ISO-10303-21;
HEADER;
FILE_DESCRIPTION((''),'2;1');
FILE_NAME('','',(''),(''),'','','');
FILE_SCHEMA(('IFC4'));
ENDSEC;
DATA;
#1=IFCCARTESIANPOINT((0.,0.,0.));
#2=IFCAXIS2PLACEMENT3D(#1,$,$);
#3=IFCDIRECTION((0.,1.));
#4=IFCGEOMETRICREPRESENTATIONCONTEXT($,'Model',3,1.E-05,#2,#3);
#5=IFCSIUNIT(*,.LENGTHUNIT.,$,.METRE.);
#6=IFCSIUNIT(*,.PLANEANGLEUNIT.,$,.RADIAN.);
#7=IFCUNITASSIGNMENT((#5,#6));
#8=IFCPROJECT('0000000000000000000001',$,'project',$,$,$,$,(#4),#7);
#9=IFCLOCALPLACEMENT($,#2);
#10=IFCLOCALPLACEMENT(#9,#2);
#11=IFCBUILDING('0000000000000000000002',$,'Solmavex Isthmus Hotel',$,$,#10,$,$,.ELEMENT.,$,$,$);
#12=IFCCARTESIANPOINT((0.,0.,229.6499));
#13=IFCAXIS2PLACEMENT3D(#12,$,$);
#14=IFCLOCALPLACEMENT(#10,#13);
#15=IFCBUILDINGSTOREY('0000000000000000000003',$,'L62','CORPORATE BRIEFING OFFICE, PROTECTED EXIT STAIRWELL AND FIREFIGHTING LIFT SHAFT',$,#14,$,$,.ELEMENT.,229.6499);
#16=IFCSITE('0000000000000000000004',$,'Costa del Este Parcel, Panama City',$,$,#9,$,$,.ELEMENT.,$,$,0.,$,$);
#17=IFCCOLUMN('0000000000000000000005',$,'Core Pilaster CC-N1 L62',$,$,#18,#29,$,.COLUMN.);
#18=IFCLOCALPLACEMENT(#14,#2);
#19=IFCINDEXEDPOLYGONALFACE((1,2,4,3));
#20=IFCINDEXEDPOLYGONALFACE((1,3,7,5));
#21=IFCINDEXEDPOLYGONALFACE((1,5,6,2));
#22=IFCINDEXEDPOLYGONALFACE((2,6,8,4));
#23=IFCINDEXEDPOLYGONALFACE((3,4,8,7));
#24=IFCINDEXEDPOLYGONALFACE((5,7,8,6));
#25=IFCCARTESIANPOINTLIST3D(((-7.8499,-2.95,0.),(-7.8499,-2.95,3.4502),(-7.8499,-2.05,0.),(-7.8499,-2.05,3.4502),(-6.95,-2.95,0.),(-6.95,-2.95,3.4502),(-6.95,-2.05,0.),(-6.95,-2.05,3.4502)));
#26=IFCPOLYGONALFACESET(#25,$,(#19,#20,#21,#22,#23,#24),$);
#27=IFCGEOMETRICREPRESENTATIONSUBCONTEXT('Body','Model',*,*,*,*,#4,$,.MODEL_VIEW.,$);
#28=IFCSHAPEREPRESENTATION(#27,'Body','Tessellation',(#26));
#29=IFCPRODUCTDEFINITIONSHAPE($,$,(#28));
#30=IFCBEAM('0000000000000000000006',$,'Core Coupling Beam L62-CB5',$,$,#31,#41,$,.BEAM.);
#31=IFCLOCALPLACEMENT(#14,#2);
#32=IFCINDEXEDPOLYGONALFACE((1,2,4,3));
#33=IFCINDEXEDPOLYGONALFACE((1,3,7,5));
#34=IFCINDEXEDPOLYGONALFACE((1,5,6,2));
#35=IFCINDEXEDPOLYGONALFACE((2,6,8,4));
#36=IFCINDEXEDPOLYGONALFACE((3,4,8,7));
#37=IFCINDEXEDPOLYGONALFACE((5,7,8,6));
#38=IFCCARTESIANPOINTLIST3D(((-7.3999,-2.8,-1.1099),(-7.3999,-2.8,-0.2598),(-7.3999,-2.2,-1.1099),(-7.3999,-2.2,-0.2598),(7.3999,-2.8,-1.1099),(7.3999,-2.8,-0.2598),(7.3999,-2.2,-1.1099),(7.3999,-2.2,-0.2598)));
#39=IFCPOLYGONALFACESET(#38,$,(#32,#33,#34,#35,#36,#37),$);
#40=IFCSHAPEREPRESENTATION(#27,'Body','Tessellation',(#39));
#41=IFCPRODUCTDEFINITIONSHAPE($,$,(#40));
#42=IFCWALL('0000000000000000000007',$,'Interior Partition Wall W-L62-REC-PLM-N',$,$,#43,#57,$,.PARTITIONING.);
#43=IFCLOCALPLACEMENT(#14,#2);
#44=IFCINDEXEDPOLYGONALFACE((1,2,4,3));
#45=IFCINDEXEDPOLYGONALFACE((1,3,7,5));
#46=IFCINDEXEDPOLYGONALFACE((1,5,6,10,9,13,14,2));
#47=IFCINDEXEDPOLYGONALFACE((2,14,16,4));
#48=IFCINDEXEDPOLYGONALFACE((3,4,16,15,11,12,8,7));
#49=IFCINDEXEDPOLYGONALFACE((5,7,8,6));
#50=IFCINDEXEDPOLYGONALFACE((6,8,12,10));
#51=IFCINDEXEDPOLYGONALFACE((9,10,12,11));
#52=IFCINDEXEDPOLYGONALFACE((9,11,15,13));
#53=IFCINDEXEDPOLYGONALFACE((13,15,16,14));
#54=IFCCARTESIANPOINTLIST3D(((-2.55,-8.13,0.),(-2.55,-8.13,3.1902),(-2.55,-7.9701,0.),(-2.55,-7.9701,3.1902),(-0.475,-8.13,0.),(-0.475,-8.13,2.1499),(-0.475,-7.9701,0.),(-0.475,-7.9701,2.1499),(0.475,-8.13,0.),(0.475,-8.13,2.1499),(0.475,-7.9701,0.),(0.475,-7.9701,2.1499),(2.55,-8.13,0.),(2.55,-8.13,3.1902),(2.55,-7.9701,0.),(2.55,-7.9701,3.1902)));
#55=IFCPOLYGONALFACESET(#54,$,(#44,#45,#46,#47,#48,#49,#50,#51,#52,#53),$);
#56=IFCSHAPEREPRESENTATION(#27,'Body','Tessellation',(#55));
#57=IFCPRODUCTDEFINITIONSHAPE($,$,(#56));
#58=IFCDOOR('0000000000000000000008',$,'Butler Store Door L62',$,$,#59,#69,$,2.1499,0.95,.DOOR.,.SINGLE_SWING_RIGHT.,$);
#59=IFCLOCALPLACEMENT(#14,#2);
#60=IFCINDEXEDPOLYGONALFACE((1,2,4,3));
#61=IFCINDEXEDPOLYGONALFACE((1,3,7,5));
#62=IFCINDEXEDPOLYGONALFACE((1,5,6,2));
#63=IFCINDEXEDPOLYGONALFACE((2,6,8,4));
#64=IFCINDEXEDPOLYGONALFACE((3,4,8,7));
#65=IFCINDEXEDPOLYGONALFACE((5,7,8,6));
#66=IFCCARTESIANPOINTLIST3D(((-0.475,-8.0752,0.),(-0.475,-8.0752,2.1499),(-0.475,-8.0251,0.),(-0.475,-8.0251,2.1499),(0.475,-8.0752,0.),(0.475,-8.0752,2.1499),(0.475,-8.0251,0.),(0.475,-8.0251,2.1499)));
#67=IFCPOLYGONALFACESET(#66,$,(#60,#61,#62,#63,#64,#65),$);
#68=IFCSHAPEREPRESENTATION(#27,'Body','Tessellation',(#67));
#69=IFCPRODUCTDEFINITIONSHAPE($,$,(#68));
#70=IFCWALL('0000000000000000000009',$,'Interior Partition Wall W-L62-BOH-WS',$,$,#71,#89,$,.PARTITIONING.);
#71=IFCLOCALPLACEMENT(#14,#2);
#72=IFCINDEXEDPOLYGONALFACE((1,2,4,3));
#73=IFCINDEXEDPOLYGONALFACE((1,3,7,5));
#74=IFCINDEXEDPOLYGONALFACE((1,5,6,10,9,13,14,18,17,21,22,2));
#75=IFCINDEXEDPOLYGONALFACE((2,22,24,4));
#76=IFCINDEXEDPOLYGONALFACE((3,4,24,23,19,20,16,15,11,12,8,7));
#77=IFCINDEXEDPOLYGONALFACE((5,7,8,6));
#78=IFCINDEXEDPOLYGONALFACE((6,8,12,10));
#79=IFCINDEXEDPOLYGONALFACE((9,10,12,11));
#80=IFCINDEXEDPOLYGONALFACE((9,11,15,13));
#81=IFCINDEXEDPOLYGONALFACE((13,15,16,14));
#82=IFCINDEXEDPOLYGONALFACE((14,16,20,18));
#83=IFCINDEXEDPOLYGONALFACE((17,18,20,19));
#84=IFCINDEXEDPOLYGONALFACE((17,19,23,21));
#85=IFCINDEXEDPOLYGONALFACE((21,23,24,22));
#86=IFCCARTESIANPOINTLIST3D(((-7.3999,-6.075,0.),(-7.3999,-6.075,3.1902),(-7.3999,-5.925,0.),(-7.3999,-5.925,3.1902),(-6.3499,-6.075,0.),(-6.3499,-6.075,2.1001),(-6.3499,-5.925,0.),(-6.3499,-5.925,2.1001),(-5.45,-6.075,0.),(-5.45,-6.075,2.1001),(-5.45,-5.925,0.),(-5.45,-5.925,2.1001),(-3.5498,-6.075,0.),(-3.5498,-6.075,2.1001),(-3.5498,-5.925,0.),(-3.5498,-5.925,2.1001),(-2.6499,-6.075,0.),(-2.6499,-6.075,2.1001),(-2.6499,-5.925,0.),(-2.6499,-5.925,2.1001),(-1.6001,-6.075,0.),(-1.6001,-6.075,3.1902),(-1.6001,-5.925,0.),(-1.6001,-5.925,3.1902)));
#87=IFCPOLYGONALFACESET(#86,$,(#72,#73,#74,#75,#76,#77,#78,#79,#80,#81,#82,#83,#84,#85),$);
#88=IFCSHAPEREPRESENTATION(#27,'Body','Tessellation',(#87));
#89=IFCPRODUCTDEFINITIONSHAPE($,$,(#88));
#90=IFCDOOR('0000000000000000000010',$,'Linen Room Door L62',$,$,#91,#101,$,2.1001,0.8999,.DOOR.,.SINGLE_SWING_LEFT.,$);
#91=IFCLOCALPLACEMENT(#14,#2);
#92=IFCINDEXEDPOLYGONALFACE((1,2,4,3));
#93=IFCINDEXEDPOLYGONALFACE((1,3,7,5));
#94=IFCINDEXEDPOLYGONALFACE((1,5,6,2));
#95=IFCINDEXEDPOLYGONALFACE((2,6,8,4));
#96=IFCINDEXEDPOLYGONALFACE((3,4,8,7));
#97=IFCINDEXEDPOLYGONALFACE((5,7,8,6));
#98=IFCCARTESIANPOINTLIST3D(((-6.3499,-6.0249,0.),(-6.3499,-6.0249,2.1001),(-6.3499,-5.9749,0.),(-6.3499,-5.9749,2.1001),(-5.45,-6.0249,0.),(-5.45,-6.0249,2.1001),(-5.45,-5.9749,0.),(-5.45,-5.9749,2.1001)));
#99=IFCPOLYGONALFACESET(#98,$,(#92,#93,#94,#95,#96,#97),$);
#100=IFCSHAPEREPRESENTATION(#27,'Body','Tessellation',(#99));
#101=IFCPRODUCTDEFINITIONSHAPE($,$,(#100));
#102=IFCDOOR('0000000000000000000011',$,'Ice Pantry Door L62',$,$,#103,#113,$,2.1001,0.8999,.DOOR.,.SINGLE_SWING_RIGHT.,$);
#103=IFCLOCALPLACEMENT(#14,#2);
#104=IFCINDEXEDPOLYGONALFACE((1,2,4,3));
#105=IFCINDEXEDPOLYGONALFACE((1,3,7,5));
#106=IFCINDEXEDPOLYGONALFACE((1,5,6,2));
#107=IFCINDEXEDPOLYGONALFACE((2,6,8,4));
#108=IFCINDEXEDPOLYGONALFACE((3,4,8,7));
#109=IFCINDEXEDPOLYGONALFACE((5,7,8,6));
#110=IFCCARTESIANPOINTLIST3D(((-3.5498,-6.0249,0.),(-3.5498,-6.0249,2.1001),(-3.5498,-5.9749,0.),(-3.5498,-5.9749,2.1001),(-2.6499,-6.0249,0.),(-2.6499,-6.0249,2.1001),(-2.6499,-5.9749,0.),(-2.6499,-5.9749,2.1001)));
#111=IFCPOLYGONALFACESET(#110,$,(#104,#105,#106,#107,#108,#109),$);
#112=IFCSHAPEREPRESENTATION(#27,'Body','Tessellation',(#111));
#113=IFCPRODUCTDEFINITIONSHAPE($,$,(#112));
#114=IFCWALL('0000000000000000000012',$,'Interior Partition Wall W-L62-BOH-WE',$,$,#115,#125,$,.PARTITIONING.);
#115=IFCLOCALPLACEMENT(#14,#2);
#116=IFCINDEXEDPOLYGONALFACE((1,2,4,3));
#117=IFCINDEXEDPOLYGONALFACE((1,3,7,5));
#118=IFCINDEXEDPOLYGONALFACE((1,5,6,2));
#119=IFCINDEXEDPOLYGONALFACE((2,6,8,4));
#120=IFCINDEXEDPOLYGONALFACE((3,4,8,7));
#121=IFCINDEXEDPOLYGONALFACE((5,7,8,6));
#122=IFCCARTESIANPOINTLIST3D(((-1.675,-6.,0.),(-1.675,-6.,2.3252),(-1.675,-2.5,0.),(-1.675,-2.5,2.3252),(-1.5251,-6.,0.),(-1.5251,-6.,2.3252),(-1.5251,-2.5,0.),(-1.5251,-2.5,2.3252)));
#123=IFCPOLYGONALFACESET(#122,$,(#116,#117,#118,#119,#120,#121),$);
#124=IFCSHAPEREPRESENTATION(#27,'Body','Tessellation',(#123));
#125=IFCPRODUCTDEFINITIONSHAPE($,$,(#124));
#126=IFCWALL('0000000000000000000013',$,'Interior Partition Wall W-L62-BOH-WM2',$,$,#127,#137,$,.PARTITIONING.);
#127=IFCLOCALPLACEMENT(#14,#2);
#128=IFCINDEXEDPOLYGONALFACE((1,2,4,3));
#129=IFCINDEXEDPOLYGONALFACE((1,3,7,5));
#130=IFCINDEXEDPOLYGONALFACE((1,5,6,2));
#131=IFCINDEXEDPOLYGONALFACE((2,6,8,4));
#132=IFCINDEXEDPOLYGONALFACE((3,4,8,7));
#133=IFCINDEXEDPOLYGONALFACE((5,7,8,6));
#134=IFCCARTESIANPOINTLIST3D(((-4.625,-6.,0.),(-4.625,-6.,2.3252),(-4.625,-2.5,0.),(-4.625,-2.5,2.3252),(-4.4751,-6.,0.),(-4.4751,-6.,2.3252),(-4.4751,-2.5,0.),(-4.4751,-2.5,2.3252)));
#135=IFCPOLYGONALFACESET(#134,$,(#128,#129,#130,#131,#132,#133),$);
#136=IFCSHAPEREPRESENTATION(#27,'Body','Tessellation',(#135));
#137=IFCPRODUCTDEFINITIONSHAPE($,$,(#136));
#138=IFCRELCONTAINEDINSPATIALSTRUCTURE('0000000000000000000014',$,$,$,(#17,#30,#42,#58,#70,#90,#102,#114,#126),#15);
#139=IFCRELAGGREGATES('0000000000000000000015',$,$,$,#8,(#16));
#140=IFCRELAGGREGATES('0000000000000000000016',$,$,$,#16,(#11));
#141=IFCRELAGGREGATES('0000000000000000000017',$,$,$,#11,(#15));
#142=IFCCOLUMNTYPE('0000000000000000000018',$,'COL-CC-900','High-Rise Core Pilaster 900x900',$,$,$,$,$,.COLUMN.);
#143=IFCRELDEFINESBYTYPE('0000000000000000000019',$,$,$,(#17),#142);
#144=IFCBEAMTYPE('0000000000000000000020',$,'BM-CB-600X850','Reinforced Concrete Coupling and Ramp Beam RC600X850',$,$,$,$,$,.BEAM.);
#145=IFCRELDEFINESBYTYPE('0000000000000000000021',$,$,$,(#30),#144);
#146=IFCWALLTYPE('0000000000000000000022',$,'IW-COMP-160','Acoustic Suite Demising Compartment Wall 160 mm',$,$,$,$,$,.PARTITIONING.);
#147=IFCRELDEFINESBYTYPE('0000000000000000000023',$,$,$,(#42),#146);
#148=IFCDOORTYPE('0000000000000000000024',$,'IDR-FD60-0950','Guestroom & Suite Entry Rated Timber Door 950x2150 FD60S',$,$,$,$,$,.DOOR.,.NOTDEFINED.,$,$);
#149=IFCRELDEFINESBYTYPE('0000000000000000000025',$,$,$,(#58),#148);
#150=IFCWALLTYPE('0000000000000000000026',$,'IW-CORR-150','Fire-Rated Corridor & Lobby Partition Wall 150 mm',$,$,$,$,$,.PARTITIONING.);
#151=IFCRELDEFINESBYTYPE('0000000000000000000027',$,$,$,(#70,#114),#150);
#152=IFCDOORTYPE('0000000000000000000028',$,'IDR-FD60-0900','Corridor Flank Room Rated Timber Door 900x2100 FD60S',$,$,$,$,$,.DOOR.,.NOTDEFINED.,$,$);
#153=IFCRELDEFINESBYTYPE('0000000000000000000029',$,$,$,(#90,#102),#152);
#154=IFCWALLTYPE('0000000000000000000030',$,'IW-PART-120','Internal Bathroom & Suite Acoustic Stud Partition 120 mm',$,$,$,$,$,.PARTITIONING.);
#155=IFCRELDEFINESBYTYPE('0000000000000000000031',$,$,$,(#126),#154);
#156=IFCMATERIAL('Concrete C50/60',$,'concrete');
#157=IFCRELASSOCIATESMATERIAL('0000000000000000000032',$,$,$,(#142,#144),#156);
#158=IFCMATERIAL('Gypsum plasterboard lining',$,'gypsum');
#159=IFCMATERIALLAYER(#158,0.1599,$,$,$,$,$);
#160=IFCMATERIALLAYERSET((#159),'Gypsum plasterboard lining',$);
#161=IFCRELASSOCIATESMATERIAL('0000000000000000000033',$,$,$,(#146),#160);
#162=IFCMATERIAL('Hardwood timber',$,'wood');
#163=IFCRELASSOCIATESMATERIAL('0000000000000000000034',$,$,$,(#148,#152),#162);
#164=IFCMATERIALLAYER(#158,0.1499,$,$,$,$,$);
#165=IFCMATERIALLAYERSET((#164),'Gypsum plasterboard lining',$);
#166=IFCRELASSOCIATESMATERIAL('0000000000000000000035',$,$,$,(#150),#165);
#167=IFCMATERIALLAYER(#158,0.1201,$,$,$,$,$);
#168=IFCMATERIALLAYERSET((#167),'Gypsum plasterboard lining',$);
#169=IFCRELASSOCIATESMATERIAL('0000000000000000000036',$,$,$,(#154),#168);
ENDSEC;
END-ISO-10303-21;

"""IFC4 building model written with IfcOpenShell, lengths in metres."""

from ifc_helpers import new_model, si_unit, direction, frame, frame_2d, origin, origin_2d, place, context, subcontext, project, spatial, rectangle, extrude, material, layer, layer_set, material_profile, profile_set, type_object, element, fill, save


model = new_model("IFC4")

# Units and contexts
model_context = context("Model", 3, precision=1e-05, world=origin(), true_north=direction((0.0, 1.0)))
body_context = subcontext(model_context, "Body", "Model", "MODEL_VIEW")
ifc_project = project(units=[si_unit("LENGTHUNIT", "METRE"), si_unit("PLANEANGLEUNIT", "RADIAN")], contexts=[model_context])

# Site, building, storey
site_placement = place(None, origin())
site = spatial("IfcSite", under=ifc_project, at=site_placement, Name="Costa del Este Parcel, Panama City", CompositionType="ELEMENT", RefElevation=0.0)
building_placement = place(site_placement, origin())
building = spatial("IfcBuilding", under=site, at=building_placement, Name="Solmavex Isthmus Hotel", CompositionType="ELEMENT")
storey_placement = place(building_placement, frame((0.0, 0.0, 229.6499)))
storey = spatial("IfcBuildingStorey", under=building, at=storey_placement, Name="L62", Description="CORPORATE BRIEFING OFFICE, PROTECTED EXIT STAIRWELL AND FIREFIGHTING LIFT SHAFT", CompositionType="ELEMENT", Elevation=229.6499)

# Column
ifc_material_1 = material(Name="Concrete C50/60", Category="concrete")
ifc_material_profile_1 = material_profile(ifc_material_1, rectangle(XDim=0.8999, YDim=0.8999, at=origin_2d()), Name="RC900X900")
ifc_profile_set_1 = profile_set([ifc_material_profile_1], Name="Concrete C50/60")
column_type = type_object("IfcColumnType", Name="COL-CC-900", Description="High-Rise Core Pilaster 900x900", PredefinedType="COLUMN", material=ifc_profile_set_1)
column_placement = place(storey_placement, frame((-7.3999, -2.5, 0.0), z_axis=(0.0, 0.0, 1.0), x_axis=(1.0, 0.0, 0.0)))
element("IfcColumn", 1, at=column_placement, inside=storey, type_object=column_type, Name="Core Pilaster CC-N1 L62", PredefinedType="COLUMN", context=body_context, shape_type="SweptSolid", body=[
    extrude(rectangle(XDim=0.8999, YDim=0.8999, at=origin_2d()), origin(), (0.0, 0.0, 1.0), 3.4502),
])

# Beam
ifc_material_profile_2 = material_profile(ifc_material_1, rectangle(XDim=0.6001, YDim=0.8501, at=origin_2d()), Name="RC600X850")
ifc_profile_set_2 = profile_set([ifc_material_profile_2], Name="Concrete C50/60")
beam_type = type_object("IfcBeamType", Name="BM-CB-600X850", Description="Reinforced Concrete Coupling and Ramp Beam RC600X850", PredefinedType="BEAM", material=ifc_profile_set_2)
beam_placement = place(storey_placement, frame((-7.3999, -2.5, -0.6848), z_axis=(1.0, 0.0, 0.0), x_axis=(0.0, 1.0, 0.0)))
element("IfcBeam", 2, at=beam_placement, inside=storey, type_object=beam_type, Name="Core Coupling Beam L62-CB5", PredefinedType="BEAM", context=body_context, shape_type="SweptSolid", body=[
    extrude(rectangle(XDim=0.6001, YDim=0.8501, at=origin_2d()), origin(), (0.0, 0.0, 1.0), 14.7998),
])

# Wall, opening, door
ifc_material_2 = material(Name="Gypsum plasterboard lining", Category="gypsum")
ifc_layer_1 = layer(ifc_material_2, 0.1599)
ifc_layer_set_1 = layer_set([ifc_layer_1], Name="Gypsum plasterboard lining")
wall_type_1 = type_object("IfcWallType", Name="IW-COMP-160", Description="Acoustic Suite Demising Compartment Wall 160 mm", PredefinedType="PARTITIONING", material=ifc_layer_set_1)
ifc_material_3 = material(Name="Hardwood timber", Category="wood")
door_type_1 = type_object("IfcDoorType", Name="IDR-FD60-0950", Description="Guestroom & Suite Entry Rated Timber Door 950x2150 FD60S", OperationType="NOTDEFINED", PredefinedType="DOOR", material=ifc_material_3)
wall_1_placement = place(storey_placement, frame((-2.55, -8.05, 0.0), z_axis=(0.0, 0.0, 1.0), x_axis=(1.0, 0.0, 0.0)))
wall_1 = element("IfcWall", 3, at=wall_1_placement, inside=storey, type_object=wall_type_1, Name="Interior Partition Wall W-L62-REC-PLM-N", PredefinedType="PARTITIONING", context=body_context, shape_type="SweptSolid", body=[
    extrude(rectangle(XDim=5.1001, YDim=0.1599, at=frame_2d((2.55, 0.0))), origin(), (0.0, 0.0, 1.0), 3.1902),
])
opening_1_placement = place(wall_1_placement, frame((2.075, 0.0, 0.0)))
opening_1 = element("IfcOpeningElement", 4, at=opening_1_placement, cuts=wall_1, PredefinedType="OPENING", context=body_context, shape_type="SweptSolid", body=[
    extrude(rectangle(XDim=0.95, YDim=2.1499, at=frame_2d((0.4751, 1.075))), frame((0.0, 0.0898, 0.0), z_axis=(0.0, -1.0, 0.0), x_axis=(1.0, 0.0, 0.0)), (0.0, 0.0, 1.0), 0.1799),
])
door_1_placement = place(opening_1_placement, origin())
door_1 = element("IfcDoor", 5, at=door_1_placement, inside=storey, type_object=door_type_1, Name="Butler Store Door L62", OperationType="SINGLE_SWING_RIGHT", OverallHeight=2.1499, OverallWidth=0.95, PredefinedType="DOOR", context=body_context, shape_type="SweptSolid", body=[
    extrude(rectangle(XDim=0.95, YDim=2.1499, at=frame_2d((0.4751, 1.075))), frame((0.0, 0.0249, 0.0), z_axis=(0.0, -1.0, 0.0), x_axis=(1.0, 0.0, 0.0)), (0.0, 0.0, 1.0), 0.05),
])
fill(opening_1, door_1)

# Wall, openings, doors
ifc_layer_2 = layer(ifc_material_2, 0.1499)
ifc_layer_set_2 = layer_set([ifc_layer_2], Name="Gypsum plasterboard lining")
wall_type_2 = type_object("IfcWallType", Name="IW-CORR-150", Description="Fire-Rated Corridor & Lobby Partition Wall 150 mm", PredefinedType="PARTITIONING", material=ifc_layer_set_2)
wall_2_placement = place(storey_placement, frame((-7.3999, -6.0, 0.0), z_axis=(0.0, 0.0, 1.0), x_axis=(1.0, 0.0, 0.0)))
wall_2 = element("IfcWall", 6, at=wall_2_placement, inside=storey, type_object=wall_type_2, Name="Interior Partition Wall W-L62-BOH-WS", PredefinedType="PARTITIONING", context=body_context, shape_type="SweptSolid", body=[
    extrude(rectangle(XDim=5.7998, YDim=0.1499, at=frame_2d((2.8999, 0.0))), origin(), (0.0, 0.0, 1.0), 3.1902),
])
opening_2_placement = place(wall_2_placement, frame((1.05, 0.0, 0.0)))
opening_2 = element("IfcOpeningElement", 7, at=opening_2_placement, cuts=wall_2, PredefinedType="OPENING", context=body_context, shape_type="SweptSolid", body=[
    extrude(rectangle(XDim=0.8999, YDim=2.1001, at=frame_2d((0.45, 1.05))), frame((0.0, 0.085, 0.0), z_axis=(0.0, -1.0, 0.0), x_axis=(1.0, 0.0, 0.0)), (0.0, 0.0, 1.0), 0.1699),
])
opening_3_placement = place(wall_2_placement, frame((3.8501, 0.0, 0.0)))
opening_3 = element("IfcOpeningElement", 8, at=opening_3_placement, cuts=wall_2, PredefinedType="OPENING", context=body_context, shape_type="SweptSolid", body=[
    extrude(rectangle(XDim=0.8999, YDim=2.1001, at=frame_2d((0.45, 1.05))), frame((0.0, 0.085, 0.0), z_axis=(0.0, -1.0, 0.0), x_axis=(1.0, 0.0, 0.0)), (0.0, 0.0, 1.0), 0.1699),
])
door_type_2 = type_object("IfcDoorType", Name="IDR-FD60-0900", Description="Corridor Flank Room Rated Timber Door 900x2100 FD60S", OperationType="NOTDEFINED", PredefinedType="DOOR", material=ifc_material_3)
door_2_placement = place(opening_2_placement, frame((0.8999, 0.0, 0.0), z_axis=(0.0, 0.0, 1.0), x_axis=(-1.0, 0.0, 0.0)))
door_2 = element("IfcDoor", 9, at=door_2_placement, inside=storey, type_object=door_type_2, Name="Linen Room Door L62", OperationType="SINGLE_SWING_LEFT", OverallHeight=2.1001, OverallWidth=0.8999, PredefinedType="DOOR", context=body_context, shape_type="SweptSolid", body=[
    extrude(rectangle(XDim=0.8999, YDim=2.1001, at=frame_2d((0.45, 1.05))), frame((0.0, 0.0249, 0.0), z_axis=(0.0, -1.0, 0.0), x_axis=(1.0, 0.0, 0.0)), (0.0, 0.0, 1.0), 0.05),
])
fill(opening_2, door_2)
door_3_placement = place(opening_3_placement, frame((0.8999, 0.0, 0.0), z_axis=(0.0, 0.0, 1.0), x_axis=(-1.0, 0.0, 0.0)))
door_3 = element("IfcDoor", 10, at=door_3_placement, inside=storey, type_object=door_type_2, Name="Ice Pantry Door L62", OperationType="SINGLE_SWING_RIGHT", OverallHeight=2.1001, OverallWidth=0.8999, PredefinedType="DOOR", context=body_context, shape_type="SweptSolid", body=[
    extrude(rectangle(XDim=0.8999, YDim=2.1001, at=frame_2d((0.45, 1.05))), frame((0.0, 0.0249, 0.0), z_axis=(0.0, -1.0, 0.0), x_axis=(1.0, 0.0, 0.0)), (0.0, 0.0, 1.0), 0.05),
])
fill(opening_3, door_3)

# Walls
wall_3_placement = place(storey_placement, frame((-1.6001, -6.0, 0.0), z_axis=(0.0, 0.0, 1.0), x_axis=(0.0, 1.0, 0.0)))
element("IfcWall", 11, at=wall_3_placement, inside=storey, type_object=wall_type_2, Name="Interior Partition Wall W-L62-BOH-WE", PredefinedType="PARTITIONING", context=body_context, shape_type="SweptSolid", body=[
    extrude(rectangle(XDim=3.5, YDim=0.1499, at=frame_2d((1.75, 0.0))), origin(), (0.0, 0.0, 1.0), 2.3252),
])
ifc_layer_3 = layer(ifc_material_2, 0.1201)
ifc_layer_set_3 = layer_set([ifc_layer_3], Name="Gypsum plasterboard lining")
wall_type_3 = type_object("IfcWallType", Name="IW-PART-120", Description="Internal Bathroom & Suite Acoustic Stud Partition 120 mm", PredefinedType="PARTITIONING", material=ifc_layer_set_3)
wall_4_placement = place(storey_placement, frame((-4.55, -6.0, 0.0), z_axis=(0.0, 0.0, 1.0), x_axis=(0.0, 1.0, 0.0)))
element("IfcWall", 12, at=wall_4_placement, inside=storey, type_object=wall_type_3, Name="Interior Partition Wall W-L62-BOH-WM2", PredefinedType="PARTITIONING", context=body_context, shape_type="SweptSolid", body=[
    extrude(rectangle(XDim=3.5, YDim=0.1499, at=frame_2d((1.75, 0.0))), origin(), (0.0, 0.0, 1.0), 2.3252),
])

save(model, "model.ifc")
